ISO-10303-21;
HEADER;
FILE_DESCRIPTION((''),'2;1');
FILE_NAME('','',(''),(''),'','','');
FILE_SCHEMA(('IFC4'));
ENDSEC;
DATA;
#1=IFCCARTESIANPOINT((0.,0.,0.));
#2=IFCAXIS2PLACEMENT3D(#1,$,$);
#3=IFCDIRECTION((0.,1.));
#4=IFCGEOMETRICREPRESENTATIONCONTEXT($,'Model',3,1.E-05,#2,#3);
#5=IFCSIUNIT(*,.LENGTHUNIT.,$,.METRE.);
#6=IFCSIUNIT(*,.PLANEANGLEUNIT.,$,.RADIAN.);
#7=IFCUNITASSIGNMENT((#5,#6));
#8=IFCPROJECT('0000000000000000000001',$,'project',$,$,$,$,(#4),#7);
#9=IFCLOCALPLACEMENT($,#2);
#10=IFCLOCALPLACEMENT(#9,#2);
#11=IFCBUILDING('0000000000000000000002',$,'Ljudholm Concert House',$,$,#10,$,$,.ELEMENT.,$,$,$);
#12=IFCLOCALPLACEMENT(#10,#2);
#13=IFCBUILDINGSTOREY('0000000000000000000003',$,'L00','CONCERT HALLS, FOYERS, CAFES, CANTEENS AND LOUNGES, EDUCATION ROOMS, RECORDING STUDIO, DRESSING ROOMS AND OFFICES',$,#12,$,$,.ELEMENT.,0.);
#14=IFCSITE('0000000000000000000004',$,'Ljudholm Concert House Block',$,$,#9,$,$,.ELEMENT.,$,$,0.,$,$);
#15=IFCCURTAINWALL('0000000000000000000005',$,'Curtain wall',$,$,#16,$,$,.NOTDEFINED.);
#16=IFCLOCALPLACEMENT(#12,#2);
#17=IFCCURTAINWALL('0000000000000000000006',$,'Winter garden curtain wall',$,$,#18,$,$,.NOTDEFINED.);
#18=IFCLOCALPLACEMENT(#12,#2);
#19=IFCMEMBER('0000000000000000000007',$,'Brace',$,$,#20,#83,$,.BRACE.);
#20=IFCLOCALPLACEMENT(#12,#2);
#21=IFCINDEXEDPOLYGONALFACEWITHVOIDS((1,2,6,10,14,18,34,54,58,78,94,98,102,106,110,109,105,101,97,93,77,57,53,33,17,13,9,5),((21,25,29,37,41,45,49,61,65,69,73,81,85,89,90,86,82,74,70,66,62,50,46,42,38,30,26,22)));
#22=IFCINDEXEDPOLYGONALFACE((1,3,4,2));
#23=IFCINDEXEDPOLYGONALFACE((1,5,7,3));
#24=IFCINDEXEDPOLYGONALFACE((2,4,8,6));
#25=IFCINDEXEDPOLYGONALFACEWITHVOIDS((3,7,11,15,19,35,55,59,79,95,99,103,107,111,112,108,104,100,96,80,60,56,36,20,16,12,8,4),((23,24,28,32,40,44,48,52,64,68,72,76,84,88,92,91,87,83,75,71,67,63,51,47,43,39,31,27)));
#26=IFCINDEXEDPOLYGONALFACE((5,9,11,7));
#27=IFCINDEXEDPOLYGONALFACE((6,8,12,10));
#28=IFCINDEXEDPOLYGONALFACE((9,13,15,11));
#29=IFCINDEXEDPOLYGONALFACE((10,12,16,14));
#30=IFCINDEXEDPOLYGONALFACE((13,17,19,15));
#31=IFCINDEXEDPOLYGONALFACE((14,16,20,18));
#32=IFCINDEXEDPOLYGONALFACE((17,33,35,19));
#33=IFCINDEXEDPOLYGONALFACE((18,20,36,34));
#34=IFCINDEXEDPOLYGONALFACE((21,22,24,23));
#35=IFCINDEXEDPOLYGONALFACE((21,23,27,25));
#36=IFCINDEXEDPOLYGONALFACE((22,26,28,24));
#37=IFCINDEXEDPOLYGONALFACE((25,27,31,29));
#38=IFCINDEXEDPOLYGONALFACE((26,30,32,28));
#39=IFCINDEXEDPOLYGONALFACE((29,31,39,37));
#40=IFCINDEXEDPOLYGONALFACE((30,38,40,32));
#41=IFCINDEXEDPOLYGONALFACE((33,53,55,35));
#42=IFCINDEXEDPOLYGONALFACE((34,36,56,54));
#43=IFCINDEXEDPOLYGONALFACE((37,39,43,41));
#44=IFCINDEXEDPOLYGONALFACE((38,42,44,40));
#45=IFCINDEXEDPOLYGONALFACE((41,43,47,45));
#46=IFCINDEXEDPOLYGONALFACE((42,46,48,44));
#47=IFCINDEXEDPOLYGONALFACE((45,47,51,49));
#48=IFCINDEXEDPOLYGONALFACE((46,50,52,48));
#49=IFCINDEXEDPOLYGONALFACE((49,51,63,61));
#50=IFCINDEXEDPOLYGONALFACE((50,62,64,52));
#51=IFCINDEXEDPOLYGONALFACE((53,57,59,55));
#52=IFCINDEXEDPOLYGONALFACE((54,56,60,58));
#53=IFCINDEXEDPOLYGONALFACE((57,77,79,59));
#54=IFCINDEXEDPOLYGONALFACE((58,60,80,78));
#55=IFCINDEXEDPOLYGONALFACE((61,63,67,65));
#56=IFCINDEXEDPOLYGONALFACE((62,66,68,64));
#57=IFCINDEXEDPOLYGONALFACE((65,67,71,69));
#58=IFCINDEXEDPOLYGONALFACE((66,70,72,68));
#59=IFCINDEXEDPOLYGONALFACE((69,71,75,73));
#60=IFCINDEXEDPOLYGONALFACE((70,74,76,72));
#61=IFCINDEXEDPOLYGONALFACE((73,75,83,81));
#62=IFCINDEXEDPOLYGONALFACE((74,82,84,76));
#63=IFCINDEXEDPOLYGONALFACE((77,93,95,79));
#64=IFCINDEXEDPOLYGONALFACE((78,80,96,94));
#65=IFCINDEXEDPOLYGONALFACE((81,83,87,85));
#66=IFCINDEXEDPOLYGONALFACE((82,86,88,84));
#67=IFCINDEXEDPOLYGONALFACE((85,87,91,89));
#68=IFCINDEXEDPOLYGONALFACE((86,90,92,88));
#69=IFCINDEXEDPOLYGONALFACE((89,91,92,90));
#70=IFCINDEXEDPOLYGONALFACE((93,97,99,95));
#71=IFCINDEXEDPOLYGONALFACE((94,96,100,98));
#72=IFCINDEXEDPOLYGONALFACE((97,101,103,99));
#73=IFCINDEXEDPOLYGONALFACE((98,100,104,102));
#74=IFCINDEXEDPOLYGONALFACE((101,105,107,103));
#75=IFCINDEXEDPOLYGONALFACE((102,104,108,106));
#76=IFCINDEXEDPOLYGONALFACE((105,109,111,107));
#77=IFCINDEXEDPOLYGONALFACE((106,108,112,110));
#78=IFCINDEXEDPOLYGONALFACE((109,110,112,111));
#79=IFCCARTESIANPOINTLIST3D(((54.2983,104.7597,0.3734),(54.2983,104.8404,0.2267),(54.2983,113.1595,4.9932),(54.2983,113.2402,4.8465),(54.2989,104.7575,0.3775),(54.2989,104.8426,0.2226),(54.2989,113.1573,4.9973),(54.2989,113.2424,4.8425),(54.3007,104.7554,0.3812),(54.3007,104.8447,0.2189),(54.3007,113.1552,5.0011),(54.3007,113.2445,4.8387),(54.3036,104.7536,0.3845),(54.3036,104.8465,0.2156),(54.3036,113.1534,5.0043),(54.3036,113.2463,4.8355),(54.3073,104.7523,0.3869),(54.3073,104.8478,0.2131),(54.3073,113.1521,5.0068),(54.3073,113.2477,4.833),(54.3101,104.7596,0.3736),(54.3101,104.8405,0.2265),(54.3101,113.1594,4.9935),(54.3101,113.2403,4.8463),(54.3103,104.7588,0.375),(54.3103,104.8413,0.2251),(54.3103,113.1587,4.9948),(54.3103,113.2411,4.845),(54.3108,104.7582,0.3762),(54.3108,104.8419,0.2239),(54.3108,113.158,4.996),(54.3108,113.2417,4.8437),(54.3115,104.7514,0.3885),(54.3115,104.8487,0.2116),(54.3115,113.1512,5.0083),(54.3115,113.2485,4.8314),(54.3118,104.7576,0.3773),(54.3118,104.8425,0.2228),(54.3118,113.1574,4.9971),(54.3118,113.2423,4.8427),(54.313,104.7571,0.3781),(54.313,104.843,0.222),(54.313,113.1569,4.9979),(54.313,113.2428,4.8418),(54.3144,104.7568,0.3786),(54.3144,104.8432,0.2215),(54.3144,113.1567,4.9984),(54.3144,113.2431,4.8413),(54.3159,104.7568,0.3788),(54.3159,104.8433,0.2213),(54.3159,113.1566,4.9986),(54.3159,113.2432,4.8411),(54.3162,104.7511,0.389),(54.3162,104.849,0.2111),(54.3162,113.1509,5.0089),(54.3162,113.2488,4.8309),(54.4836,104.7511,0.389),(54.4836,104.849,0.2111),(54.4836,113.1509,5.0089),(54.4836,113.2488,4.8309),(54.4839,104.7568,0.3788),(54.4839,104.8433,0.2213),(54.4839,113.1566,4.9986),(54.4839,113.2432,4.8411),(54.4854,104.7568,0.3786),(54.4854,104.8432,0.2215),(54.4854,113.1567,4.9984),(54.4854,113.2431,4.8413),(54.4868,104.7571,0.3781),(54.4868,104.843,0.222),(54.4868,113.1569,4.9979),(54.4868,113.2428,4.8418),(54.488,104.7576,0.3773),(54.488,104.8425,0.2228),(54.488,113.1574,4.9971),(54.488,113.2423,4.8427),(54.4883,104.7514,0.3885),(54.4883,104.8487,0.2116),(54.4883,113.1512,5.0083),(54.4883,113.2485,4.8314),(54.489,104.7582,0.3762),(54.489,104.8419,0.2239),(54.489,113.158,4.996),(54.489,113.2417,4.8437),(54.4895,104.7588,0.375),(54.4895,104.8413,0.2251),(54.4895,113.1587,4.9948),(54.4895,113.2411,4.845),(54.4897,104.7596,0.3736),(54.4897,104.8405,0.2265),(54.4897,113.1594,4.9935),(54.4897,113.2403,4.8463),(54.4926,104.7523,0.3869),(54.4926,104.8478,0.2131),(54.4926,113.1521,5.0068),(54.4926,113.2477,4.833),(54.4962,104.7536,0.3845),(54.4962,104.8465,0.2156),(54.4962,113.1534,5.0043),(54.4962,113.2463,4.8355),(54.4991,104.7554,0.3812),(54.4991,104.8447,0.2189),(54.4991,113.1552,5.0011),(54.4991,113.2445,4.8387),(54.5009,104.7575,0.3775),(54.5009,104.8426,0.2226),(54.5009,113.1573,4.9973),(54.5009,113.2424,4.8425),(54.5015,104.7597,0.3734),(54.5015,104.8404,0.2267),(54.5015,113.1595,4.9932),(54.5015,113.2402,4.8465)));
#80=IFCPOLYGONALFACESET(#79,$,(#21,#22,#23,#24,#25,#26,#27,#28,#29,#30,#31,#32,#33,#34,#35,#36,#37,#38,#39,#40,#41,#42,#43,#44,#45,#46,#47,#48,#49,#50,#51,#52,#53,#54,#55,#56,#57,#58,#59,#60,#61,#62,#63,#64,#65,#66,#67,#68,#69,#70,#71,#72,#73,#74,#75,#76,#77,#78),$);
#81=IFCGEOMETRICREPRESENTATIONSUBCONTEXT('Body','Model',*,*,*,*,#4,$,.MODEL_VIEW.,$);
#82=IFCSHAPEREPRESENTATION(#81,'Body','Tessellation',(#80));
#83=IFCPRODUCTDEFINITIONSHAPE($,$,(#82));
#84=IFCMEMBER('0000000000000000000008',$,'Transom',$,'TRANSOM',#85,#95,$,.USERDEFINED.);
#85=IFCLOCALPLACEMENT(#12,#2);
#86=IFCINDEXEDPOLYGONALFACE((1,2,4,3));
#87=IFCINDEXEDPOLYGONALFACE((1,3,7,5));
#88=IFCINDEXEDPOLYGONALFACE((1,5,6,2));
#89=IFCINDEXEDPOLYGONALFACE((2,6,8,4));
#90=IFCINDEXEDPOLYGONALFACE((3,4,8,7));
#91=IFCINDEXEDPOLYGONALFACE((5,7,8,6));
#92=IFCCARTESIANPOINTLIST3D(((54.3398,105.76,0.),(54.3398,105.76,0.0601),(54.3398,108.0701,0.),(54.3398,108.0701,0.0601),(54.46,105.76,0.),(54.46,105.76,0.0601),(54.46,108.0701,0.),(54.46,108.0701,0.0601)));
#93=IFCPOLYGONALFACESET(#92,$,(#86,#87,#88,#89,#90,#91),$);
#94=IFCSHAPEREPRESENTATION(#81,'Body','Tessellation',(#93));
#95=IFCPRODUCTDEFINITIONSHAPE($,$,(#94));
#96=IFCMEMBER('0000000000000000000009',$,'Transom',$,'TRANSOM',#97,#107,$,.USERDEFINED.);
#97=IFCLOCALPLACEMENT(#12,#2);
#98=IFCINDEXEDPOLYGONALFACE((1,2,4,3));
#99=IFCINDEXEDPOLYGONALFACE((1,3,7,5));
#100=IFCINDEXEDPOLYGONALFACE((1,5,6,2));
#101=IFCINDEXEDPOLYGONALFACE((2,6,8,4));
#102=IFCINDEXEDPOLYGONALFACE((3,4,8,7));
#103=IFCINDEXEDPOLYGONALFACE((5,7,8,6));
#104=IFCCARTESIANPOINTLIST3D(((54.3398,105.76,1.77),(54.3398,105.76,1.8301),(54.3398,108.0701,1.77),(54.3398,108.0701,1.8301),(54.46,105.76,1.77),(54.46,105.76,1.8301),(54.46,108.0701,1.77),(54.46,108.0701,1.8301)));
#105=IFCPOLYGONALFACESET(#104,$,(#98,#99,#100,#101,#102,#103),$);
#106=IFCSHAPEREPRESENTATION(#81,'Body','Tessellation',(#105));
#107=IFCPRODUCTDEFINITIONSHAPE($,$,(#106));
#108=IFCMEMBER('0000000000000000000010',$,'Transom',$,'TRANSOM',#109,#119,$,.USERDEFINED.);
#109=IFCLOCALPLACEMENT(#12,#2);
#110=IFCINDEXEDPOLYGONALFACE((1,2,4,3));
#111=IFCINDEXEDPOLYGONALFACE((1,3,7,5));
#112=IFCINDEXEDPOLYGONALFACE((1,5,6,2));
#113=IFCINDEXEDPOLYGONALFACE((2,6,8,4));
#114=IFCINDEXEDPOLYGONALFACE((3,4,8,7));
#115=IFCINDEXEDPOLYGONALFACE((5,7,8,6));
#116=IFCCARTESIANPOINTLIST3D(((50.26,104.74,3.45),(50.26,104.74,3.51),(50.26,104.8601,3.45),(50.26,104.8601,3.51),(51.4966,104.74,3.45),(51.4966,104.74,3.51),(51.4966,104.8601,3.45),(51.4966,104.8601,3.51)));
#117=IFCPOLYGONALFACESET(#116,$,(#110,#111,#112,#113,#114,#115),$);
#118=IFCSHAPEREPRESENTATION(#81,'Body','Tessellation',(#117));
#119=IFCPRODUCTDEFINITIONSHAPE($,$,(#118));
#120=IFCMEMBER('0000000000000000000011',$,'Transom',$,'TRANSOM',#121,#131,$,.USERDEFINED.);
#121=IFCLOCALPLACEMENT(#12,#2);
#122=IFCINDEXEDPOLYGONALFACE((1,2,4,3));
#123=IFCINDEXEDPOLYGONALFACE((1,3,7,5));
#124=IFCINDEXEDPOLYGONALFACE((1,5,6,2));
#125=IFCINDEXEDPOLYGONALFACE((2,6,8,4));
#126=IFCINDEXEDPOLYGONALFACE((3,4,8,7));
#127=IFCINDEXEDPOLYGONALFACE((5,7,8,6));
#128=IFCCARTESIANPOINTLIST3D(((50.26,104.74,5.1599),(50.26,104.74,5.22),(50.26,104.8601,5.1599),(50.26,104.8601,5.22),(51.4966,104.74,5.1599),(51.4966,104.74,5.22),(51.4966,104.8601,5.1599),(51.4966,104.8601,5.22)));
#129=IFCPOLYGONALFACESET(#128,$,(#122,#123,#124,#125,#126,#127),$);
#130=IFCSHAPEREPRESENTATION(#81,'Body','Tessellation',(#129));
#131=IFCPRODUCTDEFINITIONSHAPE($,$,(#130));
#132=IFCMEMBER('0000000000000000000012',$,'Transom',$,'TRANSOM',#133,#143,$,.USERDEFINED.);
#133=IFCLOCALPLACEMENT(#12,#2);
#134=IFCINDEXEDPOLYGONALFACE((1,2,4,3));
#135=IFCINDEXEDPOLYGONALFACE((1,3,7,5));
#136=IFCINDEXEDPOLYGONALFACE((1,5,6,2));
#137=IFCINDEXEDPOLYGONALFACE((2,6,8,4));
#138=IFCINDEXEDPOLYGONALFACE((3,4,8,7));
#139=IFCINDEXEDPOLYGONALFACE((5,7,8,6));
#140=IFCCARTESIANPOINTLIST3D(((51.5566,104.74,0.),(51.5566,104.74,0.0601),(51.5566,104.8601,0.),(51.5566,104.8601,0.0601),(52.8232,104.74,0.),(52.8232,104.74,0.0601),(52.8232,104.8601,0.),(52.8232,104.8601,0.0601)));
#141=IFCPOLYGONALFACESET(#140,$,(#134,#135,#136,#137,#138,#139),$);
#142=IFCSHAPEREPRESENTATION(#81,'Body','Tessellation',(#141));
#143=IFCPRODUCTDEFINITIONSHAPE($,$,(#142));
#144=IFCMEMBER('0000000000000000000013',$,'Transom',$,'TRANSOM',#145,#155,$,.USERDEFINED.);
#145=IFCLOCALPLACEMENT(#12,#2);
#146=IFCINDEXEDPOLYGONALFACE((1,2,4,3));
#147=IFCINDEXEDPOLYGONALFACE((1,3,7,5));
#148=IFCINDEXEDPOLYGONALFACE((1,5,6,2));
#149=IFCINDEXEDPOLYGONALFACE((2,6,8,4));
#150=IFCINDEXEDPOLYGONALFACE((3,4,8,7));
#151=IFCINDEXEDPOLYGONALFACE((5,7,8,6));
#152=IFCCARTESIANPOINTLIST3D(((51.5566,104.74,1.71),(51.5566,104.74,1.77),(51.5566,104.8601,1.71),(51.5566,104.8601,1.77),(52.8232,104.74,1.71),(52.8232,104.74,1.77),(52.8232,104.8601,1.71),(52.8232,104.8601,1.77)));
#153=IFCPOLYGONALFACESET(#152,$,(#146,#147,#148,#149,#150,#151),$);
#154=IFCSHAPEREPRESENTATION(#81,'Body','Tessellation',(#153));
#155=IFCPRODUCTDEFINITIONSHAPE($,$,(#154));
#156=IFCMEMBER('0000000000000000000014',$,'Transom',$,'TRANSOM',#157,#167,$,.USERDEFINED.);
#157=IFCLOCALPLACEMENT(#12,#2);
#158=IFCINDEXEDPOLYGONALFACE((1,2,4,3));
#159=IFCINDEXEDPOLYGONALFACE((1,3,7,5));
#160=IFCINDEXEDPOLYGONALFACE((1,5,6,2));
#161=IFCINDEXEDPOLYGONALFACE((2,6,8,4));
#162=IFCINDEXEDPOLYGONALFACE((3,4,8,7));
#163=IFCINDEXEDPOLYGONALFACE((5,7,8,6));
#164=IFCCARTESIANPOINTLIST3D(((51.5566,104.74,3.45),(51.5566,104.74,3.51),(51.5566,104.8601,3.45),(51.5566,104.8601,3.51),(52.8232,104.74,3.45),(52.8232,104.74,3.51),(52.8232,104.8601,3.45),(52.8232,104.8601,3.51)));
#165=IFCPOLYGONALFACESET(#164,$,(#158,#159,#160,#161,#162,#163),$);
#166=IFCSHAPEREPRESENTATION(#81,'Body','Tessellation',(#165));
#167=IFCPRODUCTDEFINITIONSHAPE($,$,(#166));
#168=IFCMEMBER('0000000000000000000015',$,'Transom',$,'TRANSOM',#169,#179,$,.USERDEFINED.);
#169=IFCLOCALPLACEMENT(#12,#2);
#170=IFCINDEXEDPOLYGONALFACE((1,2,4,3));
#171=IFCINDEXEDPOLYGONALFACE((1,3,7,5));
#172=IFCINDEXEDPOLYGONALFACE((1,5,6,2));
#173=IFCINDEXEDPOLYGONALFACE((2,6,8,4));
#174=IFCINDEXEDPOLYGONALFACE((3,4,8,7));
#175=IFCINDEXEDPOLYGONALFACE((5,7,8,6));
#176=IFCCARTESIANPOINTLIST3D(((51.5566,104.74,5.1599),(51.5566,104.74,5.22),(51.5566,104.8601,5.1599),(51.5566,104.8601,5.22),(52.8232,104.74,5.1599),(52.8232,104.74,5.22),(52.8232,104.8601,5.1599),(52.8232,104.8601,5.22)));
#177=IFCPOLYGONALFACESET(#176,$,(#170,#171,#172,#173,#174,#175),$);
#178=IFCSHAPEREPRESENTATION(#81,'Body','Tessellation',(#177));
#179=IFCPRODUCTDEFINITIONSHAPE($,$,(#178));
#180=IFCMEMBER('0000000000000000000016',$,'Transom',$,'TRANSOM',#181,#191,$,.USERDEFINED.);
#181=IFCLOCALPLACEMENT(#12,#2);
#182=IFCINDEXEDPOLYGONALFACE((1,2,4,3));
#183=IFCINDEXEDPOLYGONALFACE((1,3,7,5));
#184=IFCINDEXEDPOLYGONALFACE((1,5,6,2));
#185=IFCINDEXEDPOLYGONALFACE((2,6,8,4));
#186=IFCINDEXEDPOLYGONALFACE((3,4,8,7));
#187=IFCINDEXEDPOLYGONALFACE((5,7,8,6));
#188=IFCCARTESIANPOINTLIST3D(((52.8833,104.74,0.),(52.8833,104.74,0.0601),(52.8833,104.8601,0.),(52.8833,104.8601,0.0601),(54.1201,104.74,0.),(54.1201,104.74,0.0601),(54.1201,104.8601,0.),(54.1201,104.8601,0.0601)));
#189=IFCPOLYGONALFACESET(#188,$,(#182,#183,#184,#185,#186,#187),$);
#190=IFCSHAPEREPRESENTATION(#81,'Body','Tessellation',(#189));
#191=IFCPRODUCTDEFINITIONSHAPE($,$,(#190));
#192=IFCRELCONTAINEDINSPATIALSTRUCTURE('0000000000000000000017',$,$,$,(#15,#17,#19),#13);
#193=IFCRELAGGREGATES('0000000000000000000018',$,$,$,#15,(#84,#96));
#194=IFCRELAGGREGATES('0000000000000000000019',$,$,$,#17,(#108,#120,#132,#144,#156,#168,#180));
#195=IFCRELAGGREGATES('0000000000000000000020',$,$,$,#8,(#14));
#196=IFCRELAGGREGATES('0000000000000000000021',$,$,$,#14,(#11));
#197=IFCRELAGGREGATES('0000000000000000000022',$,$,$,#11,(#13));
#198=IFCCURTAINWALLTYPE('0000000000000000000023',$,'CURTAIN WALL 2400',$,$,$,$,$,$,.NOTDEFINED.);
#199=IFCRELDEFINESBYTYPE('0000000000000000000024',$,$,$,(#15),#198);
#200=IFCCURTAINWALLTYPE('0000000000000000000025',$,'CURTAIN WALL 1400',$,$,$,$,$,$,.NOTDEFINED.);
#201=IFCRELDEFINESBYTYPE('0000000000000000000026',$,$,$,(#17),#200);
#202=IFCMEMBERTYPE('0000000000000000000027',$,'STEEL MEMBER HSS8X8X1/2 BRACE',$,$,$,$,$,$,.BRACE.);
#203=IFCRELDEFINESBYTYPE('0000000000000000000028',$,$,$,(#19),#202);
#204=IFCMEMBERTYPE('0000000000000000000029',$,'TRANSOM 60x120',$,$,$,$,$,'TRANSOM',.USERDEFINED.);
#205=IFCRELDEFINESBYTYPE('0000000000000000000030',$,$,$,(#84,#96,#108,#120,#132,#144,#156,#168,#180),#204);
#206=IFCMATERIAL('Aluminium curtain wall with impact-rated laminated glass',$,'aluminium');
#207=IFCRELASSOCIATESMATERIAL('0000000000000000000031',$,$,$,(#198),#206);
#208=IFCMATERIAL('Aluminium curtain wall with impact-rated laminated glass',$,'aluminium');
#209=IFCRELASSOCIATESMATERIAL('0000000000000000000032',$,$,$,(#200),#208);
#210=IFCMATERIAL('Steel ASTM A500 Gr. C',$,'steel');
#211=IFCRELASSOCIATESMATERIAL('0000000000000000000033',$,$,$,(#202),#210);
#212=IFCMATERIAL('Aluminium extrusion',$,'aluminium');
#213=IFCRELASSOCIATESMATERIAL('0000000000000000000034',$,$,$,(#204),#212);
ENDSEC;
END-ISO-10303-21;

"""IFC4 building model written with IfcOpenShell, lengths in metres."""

from ifc_helpers import new_model, si_unit, direction, frame, origin, origin_2d, place, context, subcontext, project, spatial, rectangle, hollow_rectangle, extrude, material, material_profile, profile_set, type_object, element, aggregate, save


model = new_model("IFC4")

# Units and contexts
model_context = context("Model", 3, precision=1e-05, world=origin(), true_north=direction((0.0, 1.0)))
body_context = subcontext(model_context, "Body", "Model", "MODEL_VIEW")
ifc_project = project(units=[si_unit("LENGTHUNIT", "METRE"), si_unit("PLANEANGLEUNIT", "RADIAN")], contexts=[model_context])

# Site, building, storey
site_placement = place(None, origin())
site = spatial("IfcSite", under=ifc_project, at=site_placement, Name="Ljudholm Concert House Block", CompositionType="ELEMENT", RefElevation=0.0)
building_placement = place(site_placement, origin())
building = spatial("IfcBuilding", under=site, at=building_placement, Name="Ljudholm Concert House", CompositionType="ELEMENT")
storey_placement = place(building_placement, origin())
storey = spatial("IfcBuildingStorey", under=building, at=storey_placement, Name="L00", Description="CONCERT HALLS, FOYERS, CAFES, CANTEENS AND LOUNGES, EDUCATION ROOMS, RECORDING STUDIO, DRESSING ROOMS AND OFFICES", CompositionType="ELEMENT", Elevation=0.0)

# Curtain wall
ifc_material_1 = material(Name="Aluminium curtain wall with impact-rated laminated glass", Category="aluminium")
curtain_wall_type_1 = type_object("IfcCurtainWallType", Name="CURTAIN WALL 2400", PredefinedType="NOTDEFINED", material=ifc_material_1)
curtain_wall_1_placement = place(storey_placement, origin())
curtain_wall_1 = element("IfcCurtainWall", 1, at=curtain_wall_1_placement, inside=storey, type_object=curtain_wall_type_1, Name="Curtain wall", PredefinedType="NOTDEFINED")

# Curtain wall
ifc_material_2 = material(Name="Aluminium curtain wall with impact-rated laminated glass", Category="aluminium")
curtain_wall_type_2 = type_object("IfcCurtainWallType", Name="CURTAIN WALL 1400", PredefinedType="NOTDEFINED", material=ifc_material_2)
curtain_wall_2_placement = place(storey_placement, origin())
curtain_wall_2 = element("IfcCurtainWall", 2, at=curtain_wall_2_placement, inside=storey, type_object=curtain_wall_type_2, Name="Winter garden curtain wall", PredefinedType="NOTDEFINED")

# Members
ifc_material_3 = material(Name="Steel ASTM A500 Gr. C", Category="steel")
ifc_material_profile_1 = material_profile(ifc_material_3, hollow_rectangle(XDim=0.2031, YDim=0.2031, WallThickness=0.0117, InnerFilletRadius=0.0059, OuterFilletRadius=0.0178, at=origin_2d()), Name="HSS8X8X1/2")
ifc_profile_set_1 = profile_set([ifc_material_profile_1], Name="Steel ASTM A500 Gr. C")
member_type_1 = type_object("IfcMemberType", Name="STEEL MEMBER HSS8X8X1/2 BRACE", PredefinedType="BRACE", material=ifc_profile_set_1)
member_1_placement = place(storey_placement, frame((54.3999, 104.8, 0.3), z_axis=(0.0, 0.876219, 0.481913), x_axis=(-1.0, 0.0, 0.0)))
element("IfcMember", 3, at=member_1_placement, inside=storey, type_object=member_type_1, Name="Brace", PredefinedType="BRACE", context=body_context, shape_type="SweptSolid", body=[
    extrude(hollow_rectangle(XDim=0.2031, YDim=0.2031, WallThickness=0.0117, InnerFilletRadius=0.0059, OuterFilletRadius=0.0178, at=origin_2d()), origin(), (0.0, 0.0, 1.0), 9.5864),
])
ifc_material_4 = material(Name="Aluminium extrusion", Category="aluminium")
ifc_material_profile_2 = material_profile(ifc_material_4, rectangle(XDim=0.1201, YDim=0.0601, at=origin_2d()), Name="TRANSOM 60x120")
ifc_profile_set_2 = profile_set([ifc_material_profile_2], Name="Aluminium extrusion")
member_type_2 = type_object("IfcMemberType", Name="TRANSOM 60x120", ElementType="TRANSOM", PredefinedType="USERDEFINED", material=ifc_profile_set_2)
member_2_placement = place(storey_placement, frame((54.3999, 105.76, 0.03), z_axis=(0.0, 1.0, 0.0), x_axis=(-1.0, 0.0, 0.0)))
member_2 = element("IfcMember", 4, at=member_2_placement, type_object=member_type_2, Name="Transom", ObjectType="TRANSOM", PredefinedType="USERDEFINED", context=body_context, shape_type="SweptSolid", body=[
    extrude(rectangle(XDim=0.1201, YDim=0.0601, at=origin_2d()), origin(), (0.0, 0.0, 1.0), 2.3101),
])
member_3_placement = place(storey_placement, frame((54.3999, 105.76, 1.8), z_axis=(0.0, 1.0, 0.0), x_axis=(-1.0, 0.0, 0.0)))
member_3 = element("IfcMember", 5, at=member_3_placement, type_object=member_type_2, Name="Transom", ObjectType="TRANSOM", PredefinedType="USERDEFINED", context=body_context, shape_type="SweptSolid", body=[
    extrude(rectangle(XDim=0.1201, YDim=0.0601, at=origin_2d()), origin(), (0.0, 0.0, 1.0), 2.3101),
])
aggregate(curtain_wall_1, [member_2, member_3])
member_4_placement = place(storey_placement, frame((50.26, 104.8, 3.48), z_axis=(1.0, 0.0, 0.0), x_axis=(0.0, 1.0, 0.0)))
member_4 = element("IfcMember", 6, at=member_4_placement, type_object=member_type_2, Name="Transom", ObjectType="TRANSOM", PredefinedType="USERDEFINED", context=body_context, shape_type="SweptSolid", body=[
    extrude(rectangle(XDim=0.1201, YDim=0.0601, at=origin_2d()), origin(), (0.0, 0.0, 1.0), 1.2366),
])
member_5_placement = place(storey_placement, frame((50.26, 104.8, 5.1899), z_axis=(1.0, 0.0, 0.0), x_axis=(0.0, 1.0, 0.0)))
member_5 = element("IfcMember", 7, at=member_5_placement, type_object=member_type_2, Name="Transom", ObjectType="TRANSOM", PredefinedType="USERDEFINED", context=body_context, shape_type="SweptSolid", body=[
    extrude(rectangle(XDim=0.1201, YDim=0.0601, at=origin_2d()), origin(), (0.0, 0.0, 1.0), 1.2366),
])
member_6_placement = place(storey_placement, frame((51.5566, 104.8, 0.03), z_axis=(1.0, 0.0, 0.0), x_axis=(0.0, 1.0, 0.0)))
member_6 = element("IfcMember", 8, at=member_6_placement, type_object=member_type_2, Name="Transom", ObjectType="TRANSOM", PredefinedType="USERDEFINED", context=body_context, shape_type="SweptSolid", body=[
    extrude(rectangle(XDim=0.1201, YDim=0.0601, at=origin_2d()), origin(), (0.0, 0.0, 1.0), 1.2666),
])
member_7_placement = place(storey_placement, frame((51.5566, 104.8, 1.74), z_axis=(1.0, 0.0, 0.0), x_axis=(0.0, 1.0, 0.0)))
member_7 = element("IfcMember", 9, at=member_7_placement, type_object=member_type_2, Name="Transom", ObjectType="TRANSOM", PredefinedType="USERDEFINED", context=body_context, shape_type="SweptSolid", body=[
    extrude(rectangle(XDim=0.1201, YDim=0.0601, at=origin_2d()), origin(), (0.0, 0.0, 1.0), 1.2666),
])
member_8_placement = place(storey_placement, frame((51.5566, 104.8, 3.48), z_axis=(1.0, 0.0, 0.0), x_axis=(0.0, 1.0, 0.0)))
member_8 = element("IfcMember", 10, at=member_8_placement, type_object=member_type_2, Name="Transom", ObjectType="TRANSOM", PredefinedType="USERDEFINED", context=body_context, shape_type="SweptSolid", body=[
    extrude(rectangle(XDim=0.1201, YDim=0.0601, at=origin_2d()), origin(), (0.0, 0.0, 1.0), 1.2666),
])
member_9_placement = place(storey_placement, frame((51.5566, 104.8, 5.1899), z_axis=(1.0, 0.0, 0.0), x_axis=(0.0, 1.0, 0.0)))
member_9 = element("IfcMember", 11, at=member_9_placement, type_object=member_type_2, Name="Transom", ObjectType="TRANSOM", PredefinedType="USERDEFINED", context=body_context, shape_type="SweptSolid", body=[
    extrude(rectangle(XDim=0.1201, YDim=0.0601, at=origin_2d()), origin(), (0.0, 0.0, 1.0), 1.2666),
])
member_10_placement = place(storey_placement, frame((52.8833, 104.8, 0.03), z_axis=(1.0, 0.0, 0.0), x_axis=(0.0, 1.0, 0.0)))
member_10 = element("IfcMember", 12, at=member_10_placement, type_object=member_type_2, Name="Transom", ObjectType="TRANSOM", PredefinedType="USERDEFINED", context=body_context, shape_type="SweptSolid", body=[
    extrude(rectangle(XDim=0.1201, YDim=0.0601, at=origin_2d()), origin(), (0.0, 0.0, 1.0), 1.2368),
])

aggregate(curtain_wall_2, [member_4, member_5, member_6, member_7, member_8, member_9, member_10])

save(model, "model.ifc")
